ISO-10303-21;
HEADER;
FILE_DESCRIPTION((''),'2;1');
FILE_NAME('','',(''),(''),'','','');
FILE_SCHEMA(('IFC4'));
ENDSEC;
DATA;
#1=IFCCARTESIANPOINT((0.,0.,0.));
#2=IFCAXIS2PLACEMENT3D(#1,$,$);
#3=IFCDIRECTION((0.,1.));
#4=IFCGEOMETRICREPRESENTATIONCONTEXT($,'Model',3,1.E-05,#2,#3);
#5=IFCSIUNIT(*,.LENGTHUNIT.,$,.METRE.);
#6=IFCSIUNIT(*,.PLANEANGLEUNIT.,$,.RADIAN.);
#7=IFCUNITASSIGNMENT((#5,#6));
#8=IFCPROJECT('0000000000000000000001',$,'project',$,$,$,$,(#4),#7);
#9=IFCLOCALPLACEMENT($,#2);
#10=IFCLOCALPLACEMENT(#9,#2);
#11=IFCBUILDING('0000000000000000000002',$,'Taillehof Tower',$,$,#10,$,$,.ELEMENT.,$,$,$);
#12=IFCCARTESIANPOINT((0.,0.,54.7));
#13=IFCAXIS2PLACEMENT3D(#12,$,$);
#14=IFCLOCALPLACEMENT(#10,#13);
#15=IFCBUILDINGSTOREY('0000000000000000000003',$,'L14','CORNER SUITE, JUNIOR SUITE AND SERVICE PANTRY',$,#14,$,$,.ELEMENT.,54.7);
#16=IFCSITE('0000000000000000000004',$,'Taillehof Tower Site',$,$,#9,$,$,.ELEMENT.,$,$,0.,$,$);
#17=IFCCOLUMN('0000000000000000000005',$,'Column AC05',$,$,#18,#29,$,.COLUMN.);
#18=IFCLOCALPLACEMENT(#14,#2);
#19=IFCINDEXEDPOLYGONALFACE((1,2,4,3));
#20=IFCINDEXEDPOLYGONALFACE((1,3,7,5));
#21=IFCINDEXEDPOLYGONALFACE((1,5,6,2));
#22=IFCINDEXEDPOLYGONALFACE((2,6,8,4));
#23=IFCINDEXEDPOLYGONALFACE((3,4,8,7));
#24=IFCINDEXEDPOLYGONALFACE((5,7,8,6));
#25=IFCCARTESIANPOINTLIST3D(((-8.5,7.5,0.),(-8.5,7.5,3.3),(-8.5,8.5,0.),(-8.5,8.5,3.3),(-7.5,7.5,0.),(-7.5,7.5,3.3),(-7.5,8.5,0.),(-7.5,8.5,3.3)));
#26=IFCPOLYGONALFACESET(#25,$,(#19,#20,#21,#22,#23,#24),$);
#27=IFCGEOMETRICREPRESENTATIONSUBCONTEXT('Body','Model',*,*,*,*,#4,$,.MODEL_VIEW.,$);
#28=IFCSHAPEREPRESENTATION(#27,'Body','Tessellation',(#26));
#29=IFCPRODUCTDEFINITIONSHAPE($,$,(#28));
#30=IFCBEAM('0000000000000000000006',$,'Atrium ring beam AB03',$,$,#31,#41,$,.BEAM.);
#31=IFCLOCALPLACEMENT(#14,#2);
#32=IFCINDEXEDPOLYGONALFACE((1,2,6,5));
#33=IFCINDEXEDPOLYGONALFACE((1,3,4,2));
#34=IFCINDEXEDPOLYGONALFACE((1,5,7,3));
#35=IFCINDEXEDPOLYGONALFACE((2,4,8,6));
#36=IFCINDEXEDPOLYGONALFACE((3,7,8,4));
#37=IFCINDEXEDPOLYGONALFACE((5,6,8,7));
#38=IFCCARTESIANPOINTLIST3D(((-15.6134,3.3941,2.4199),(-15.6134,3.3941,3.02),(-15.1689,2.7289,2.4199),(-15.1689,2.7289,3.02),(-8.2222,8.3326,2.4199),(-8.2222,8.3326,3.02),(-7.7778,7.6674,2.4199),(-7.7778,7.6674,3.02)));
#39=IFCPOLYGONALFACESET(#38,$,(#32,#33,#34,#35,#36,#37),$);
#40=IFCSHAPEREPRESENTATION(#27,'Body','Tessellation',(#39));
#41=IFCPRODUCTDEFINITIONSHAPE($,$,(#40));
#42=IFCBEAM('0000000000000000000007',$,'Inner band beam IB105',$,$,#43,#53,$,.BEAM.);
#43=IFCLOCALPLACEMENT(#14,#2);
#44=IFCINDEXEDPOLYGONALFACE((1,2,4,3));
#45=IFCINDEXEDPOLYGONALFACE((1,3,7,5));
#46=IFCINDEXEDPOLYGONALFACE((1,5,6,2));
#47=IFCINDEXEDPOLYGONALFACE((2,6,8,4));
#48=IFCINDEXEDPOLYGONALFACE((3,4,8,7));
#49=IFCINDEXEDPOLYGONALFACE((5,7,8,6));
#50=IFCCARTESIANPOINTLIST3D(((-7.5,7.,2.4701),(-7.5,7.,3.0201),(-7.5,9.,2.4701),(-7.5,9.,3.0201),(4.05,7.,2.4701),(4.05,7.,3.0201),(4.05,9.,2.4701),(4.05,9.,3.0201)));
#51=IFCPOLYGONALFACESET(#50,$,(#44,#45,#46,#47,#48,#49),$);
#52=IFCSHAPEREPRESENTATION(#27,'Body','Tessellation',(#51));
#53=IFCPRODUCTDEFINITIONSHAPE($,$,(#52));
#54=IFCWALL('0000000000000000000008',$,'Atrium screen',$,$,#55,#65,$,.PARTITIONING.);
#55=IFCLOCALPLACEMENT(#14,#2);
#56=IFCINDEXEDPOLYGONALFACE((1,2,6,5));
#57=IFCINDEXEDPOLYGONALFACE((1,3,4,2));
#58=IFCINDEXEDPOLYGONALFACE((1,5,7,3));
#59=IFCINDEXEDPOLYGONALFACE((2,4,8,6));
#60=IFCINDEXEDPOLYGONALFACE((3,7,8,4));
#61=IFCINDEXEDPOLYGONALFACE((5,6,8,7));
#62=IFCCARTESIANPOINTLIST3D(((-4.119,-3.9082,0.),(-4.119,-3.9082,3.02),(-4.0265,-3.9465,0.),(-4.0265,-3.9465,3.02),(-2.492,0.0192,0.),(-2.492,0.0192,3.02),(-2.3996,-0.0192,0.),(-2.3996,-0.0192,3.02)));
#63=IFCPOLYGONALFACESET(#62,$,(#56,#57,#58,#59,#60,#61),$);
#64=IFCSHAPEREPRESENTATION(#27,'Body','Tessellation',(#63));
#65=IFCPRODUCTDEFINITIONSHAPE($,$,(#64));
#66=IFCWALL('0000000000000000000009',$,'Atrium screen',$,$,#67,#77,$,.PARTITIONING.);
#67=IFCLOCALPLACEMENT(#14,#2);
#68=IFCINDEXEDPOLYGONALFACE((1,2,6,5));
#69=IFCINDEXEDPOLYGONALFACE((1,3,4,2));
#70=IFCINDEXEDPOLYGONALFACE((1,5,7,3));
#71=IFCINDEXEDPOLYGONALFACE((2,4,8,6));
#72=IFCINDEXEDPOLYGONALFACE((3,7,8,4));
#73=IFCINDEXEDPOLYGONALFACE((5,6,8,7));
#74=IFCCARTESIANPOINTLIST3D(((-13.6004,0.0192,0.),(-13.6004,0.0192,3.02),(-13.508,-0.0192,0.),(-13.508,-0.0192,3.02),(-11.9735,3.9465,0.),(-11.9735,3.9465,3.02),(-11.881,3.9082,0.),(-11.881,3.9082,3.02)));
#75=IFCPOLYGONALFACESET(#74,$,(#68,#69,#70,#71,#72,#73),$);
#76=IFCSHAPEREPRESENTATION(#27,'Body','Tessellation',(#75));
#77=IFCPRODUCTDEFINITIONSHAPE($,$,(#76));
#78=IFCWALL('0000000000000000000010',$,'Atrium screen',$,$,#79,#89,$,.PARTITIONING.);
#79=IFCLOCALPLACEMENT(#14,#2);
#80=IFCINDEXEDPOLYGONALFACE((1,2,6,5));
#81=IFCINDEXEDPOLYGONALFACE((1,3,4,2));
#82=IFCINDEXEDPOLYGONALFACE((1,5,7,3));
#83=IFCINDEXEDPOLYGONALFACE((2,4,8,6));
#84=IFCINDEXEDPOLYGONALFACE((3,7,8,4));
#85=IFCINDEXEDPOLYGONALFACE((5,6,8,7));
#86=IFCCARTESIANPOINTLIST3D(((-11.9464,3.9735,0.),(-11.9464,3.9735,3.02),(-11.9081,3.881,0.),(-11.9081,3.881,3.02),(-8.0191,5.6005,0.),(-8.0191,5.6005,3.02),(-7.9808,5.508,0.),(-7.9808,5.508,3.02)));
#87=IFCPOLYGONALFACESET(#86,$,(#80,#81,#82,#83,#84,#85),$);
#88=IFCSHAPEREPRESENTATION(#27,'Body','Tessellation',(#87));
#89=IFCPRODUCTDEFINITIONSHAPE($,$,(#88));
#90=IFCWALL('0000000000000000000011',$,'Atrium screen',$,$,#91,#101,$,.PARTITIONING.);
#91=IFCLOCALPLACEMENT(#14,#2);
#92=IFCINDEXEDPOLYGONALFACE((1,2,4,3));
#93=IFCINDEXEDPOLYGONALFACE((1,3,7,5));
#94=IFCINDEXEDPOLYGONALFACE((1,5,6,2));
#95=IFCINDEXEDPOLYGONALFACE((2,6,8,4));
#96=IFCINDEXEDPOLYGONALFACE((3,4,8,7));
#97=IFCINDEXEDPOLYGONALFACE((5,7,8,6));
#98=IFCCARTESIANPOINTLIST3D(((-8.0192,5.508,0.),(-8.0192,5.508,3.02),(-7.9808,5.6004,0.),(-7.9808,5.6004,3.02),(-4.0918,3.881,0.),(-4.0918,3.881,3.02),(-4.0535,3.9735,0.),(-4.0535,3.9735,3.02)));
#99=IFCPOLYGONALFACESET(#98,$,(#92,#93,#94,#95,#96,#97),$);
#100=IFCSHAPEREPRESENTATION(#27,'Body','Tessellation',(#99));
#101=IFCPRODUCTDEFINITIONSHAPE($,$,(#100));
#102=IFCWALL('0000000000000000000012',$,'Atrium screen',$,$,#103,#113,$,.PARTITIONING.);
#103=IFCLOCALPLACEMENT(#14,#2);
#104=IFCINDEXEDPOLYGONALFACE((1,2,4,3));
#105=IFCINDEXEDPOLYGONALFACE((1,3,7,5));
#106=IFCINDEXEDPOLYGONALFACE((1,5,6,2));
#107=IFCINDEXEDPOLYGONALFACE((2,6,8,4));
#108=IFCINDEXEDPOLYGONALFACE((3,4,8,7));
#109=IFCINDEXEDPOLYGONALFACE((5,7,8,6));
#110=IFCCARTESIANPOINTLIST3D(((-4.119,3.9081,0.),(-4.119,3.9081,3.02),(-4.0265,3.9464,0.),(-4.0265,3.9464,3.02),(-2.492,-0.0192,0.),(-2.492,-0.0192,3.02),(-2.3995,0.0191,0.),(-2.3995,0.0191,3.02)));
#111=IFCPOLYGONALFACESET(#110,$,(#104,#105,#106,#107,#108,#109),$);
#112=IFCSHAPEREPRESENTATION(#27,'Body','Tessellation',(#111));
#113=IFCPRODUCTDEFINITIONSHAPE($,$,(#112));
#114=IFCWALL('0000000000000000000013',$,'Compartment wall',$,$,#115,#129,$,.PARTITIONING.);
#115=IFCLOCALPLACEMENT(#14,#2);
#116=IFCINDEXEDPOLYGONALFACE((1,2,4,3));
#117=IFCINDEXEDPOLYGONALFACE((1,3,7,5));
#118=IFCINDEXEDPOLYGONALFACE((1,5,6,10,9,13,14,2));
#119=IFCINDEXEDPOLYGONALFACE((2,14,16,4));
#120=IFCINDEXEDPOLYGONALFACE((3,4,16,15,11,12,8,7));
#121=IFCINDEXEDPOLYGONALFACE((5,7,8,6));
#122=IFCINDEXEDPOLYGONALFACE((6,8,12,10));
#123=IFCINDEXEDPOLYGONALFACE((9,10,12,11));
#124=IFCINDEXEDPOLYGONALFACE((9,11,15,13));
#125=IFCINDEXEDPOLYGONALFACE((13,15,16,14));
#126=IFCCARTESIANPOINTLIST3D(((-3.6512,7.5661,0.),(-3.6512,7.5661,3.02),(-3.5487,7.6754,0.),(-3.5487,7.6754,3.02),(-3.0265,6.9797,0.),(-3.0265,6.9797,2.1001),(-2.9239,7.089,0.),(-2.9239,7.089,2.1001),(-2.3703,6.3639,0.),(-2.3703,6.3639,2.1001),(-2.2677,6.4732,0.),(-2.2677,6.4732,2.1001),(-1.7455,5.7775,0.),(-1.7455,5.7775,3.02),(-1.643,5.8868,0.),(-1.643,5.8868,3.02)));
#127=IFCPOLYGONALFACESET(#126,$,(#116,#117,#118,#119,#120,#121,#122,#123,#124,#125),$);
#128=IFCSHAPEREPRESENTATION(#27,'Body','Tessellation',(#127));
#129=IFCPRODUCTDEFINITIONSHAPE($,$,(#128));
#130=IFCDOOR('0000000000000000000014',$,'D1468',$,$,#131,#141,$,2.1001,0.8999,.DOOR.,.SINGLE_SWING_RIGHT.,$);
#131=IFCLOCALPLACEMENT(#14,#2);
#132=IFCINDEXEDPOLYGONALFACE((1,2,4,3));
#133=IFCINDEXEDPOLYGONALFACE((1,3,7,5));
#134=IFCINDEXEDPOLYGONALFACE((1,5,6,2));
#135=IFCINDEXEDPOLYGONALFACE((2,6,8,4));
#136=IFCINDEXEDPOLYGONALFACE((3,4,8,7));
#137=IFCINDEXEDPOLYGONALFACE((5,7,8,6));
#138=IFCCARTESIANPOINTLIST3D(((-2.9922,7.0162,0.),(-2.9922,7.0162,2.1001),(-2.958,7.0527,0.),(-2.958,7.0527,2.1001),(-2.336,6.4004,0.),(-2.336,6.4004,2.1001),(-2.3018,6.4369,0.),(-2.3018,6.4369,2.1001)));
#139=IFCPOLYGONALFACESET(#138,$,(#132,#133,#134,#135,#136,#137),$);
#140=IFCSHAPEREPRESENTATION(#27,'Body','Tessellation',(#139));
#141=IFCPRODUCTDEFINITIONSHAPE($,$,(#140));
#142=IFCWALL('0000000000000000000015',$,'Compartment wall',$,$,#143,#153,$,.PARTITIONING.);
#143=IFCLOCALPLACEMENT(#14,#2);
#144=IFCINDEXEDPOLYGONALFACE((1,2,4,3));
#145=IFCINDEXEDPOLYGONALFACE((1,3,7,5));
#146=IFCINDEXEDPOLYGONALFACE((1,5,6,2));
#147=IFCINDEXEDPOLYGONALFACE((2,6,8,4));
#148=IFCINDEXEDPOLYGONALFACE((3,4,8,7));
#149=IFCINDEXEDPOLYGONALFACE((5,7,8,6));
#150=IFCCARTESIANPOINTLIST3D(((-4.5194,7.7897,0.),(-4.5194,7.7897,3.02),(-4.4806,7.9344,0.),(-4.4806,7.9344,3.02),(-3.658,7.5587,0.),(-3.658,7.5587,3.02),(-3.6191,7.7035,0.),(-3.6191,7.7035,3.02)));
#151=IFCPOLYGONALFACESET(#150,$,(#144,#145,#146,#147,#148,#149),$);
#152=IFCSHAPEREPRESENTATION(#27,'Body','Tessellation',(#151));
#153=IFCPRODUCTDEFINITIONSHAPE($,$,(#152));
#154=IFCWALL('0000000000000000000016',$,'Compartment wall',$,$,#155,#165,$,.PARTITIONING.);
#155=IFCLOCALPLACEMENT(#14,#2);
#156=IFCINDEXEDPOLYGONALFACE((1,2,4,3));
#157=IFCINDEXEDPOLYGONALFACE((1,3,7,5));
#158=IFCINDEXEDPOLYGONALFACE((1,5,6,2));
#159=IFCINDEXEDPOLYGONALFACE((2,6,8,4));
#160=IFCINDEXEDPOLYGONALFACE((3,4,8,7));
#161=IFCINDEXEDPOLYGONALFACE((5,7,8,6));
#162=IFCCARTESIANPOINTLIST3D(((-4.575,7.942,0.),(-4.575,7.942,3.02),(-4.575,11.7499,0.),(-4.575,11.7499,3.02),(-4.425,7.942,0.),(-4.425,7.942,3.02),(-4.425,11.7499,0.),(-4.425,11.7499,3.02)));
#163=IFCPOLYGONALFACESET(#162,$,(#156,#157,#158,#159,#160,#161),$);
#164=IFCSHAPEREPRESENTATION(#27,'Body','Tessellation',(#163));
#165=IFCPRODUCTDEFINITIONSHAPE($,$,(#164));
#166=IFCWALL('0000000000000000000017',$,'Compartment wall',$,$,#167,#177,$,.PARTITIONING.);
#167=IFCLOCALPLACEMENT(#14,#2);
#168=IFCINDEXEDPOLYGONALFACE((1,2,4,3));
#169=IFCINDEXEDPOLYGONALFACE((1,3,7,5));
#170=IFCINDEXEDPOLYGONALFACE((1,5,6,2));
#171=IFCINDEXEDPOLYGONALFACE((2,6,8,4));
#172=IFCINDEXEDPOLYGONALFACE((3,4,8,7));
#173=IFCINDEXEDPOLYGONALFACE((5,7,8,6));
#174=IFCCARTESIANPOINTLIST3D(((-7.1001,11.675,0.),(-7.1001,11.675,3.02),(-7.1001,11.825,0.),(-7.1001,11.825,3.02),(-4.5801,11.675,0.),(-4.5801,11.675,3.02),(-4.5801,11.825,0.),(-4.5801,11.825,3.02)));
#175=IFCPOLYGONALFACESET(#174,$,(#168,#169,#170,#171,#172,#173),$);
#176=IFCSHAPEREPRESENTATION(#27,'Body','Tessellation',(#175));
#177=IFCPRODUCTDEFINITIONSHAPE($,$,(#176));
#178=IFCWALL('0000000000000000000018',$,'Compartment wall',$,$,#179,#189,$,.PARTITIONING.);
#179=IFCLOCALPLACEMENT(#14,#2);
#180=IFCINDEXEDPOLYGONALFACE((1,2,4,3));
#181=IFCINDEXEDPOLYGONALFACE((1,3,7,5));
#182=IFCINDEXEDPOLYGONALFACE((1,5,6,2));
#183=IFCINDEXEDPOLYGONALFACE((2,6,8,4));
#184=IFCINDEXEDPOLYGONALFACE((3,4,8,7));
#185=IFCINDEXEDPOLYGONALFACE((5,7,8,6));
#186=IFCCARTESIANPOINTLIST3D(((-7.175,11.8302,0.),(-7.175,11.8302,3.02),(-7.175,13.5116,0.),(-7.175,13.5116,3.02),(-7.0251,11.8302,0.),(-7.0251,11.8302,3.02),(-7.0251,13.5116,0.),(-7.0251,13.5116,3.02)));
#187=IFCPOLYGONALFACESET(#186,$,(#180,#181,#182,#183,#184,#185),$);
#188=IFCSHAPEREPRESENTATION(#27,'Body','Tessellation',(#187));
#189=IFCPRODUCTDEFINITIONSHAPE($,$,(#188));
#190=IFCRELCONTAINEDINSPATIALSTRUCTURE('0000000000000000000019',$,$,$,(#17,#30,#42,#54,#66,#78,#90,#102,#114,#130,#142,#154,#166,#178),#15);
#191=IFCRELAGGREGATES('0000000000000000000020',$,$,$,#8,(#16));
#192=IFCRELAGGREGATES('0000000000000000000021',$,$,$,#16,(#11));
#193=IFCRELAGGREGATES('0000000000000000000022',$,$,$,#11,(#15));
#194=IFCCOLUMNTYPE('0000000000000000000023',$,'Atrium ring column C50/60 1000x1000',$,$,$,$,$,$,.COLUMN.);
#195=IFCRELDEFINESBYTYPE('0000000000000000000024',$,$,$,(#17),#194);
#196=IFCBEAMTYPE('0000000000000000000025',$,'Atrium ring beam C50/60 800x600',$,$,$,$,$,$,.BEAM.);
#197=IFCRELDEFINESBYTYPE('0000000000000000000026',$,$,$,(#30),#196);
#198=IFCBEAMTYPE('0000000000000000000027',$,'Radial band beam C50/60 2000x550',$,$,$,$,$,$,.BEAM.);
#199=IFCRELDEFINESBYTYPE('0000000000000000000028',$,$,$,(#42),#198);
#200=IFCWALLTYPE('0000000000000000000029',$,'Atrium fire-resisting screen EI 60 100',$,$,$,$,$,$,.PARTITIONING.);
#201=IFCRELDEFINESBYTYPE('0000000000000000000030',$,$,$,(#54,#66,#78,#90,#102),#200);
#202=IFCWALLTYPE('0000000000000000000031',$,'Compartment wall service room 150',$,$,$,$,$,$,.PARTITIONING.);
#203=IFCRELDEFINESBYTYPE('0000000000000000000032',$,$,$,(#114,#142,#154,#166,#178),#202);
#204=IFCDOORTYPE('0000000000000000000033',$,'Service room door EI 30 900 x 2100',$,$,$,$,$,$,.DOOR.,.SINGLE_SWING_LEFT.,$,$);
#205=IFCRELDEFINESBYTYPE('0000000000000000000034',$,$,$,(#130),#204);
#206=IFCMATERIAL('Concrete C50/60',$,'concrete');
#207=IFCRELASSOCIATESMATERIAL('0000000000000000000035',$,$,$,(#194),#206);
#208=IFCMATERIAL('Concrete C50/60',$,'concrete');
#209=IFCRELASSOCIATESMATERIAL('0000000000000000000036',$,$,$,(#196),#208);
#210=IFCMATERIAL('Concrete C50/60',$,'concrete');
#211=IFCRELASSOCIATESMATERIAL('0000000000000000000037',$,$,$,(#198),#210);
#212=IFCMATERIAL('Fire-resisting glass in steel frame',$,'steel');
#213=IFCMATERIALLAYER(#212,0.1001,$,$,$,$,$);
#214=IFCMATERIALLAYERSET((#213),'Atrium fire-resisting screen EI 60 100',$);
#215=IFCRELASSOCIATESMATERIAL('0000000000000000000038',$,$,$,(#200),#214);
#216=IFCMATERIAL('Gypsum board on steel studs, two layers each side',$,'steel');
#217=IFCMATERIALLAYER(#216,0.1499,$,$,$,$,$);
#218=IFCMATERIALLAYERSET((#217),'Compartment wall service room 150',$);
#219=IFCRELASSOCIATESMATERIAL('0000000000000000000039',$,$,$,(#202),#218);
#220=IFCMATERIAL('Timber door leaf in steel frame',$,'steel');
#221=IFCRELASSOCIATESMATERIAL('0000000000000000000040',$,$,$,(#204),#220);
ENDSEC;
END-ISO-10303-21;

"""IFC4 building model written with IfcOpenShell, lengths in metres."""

from ifc_helpers import new_model, si_unit, direction, frame, frame_2d, origin, origin_2d, place, context, subcontext, project, spatial, rectangle, extrude, material, layer, layer_set, material_profile, profile_set, type_object, element, fill, save


model = new_model("IFC4")

# Units and contexts
model_context = context("Model", 3, precision=1e-05, world=origin(), true_north=direction((0.0, 1.0)))
body_context = subcontext(model_context, "Body", "Model", "MODEL_VIEW")
ifc_project = project(units=[si_unit("LENGTHUNIT", "METRE"), si_unit("PLANEANGLEUNIT", "RADIAN")], contexts=[model_context])

# Site, building, storey
site_placement = place(None, origin())
site = spatial("IfcSite", under=ifc_project, at=site_placement, Name="Taillehof Tower Site", CompositionType="ELEMENT", RefElevation=0.0)
building_placement = place(site_placement, origin())
building = spatial("IfcBuilding", under=site, at=building_placement, Name="Taillehof Tower", CompositionType="ELEMENT")
storey_placement = place(building_placement, frame((0.0, 0.0, 54.7)))
storey = spatial("IfcBuildingStorey", under=building, at=storey_placement, Name="L14", Description="CORNER SUITE, JUNIOR SUITE AND SERVICE PANTRY", CompositionType="ELEMENT", Elevation=54.7)

# Column
ifc_material_1 = material(Name="Concrete C50/60", Category="concrete")
ifc_material_profile_1 = material_profile(ifc_material_1, rectangle(XDim=1.0, YDim=1.0, at=origin_2d()), Name="RC 1000x1000")
ifc_profile_set_1 = profile_set([ifc_material_profile_1], Name="Concrete C50/60")
column_type = type_object("IfcColumnType", Name="Atrium ring column C50/60 1000x1000", PredefinedType="COLUMN", material=ifc_profile_set_1)
column_placement = place(storey_placement, frame((-8.0, 8.0, 0.0), z_axis=(0.0, 0.0, 1.0), x_axis=(1.0, 0.0, 0.0)))
element("IfcColumn", 1, at=column_placement, inside=storey, type_object=column_type, Name="Column AC05", PredefinedType="COLUMN", context=body_context, shape_type="SweptSolid", body=[
    extrude(rectangle(XDim=1.0, YDim=1.0, at=origin_2d()), origin(), (0.0, 0.0, 1.0), 3.3),
])

# Beams
ifc_material_2 = material(Name="Concrete C50/60", Category="concrete")
ifc_material_profile_2 = material_profile(ifc_material_2, rectangle(XDim=0.8, YDim=0.6001, at=origin_2d()), Name="RC 800x600")
ifc_profile_set_2 = profile_set([ifc_material_profile_2], Name="Concrete C50/60")
beam_type_1 = type_object("IfcBeamType", Name="Atrium ring beam C50/60 800x600", PredefinedType="BEAM", material=ifc_profile_set_2)
beam_1_placement = place(storey_placement, frame((-8.0, 8.0, 2.72), z_axis=(-0.831475, -0.555562, 0.0), x_axis=(0.555562, -0.831475, 0.0)))
element("IfcBeam", 2, at=beam_1_placement, inside=storey, type_object=beam_type_1, Name="Atrium ring beam AB03", PredefinedType="BEAM", context=body_context, shape_type="SweptSolid", body=[
    extrude(rectangle(XDim=0.8, YDim=0.6001, at=origin_2d()), origin(), (0.0, 0.0, 1.0), 8.8892),
])
ifc_material_3 = material(Name="Concrete C50/60", Category="concrete")
ifc_material_profile_3 = material_profile(ifc_material_3, rectangle(XDim=2.0, YDim=0.55, at=origin_2d()), Name="RC 2000x550")
ifc_profile_set_3 = profile_set([ifc_material_profile_3], Name="Concrete C50/60")
beam_type_2 = type_object("IfcBeamType", Name="Radial band beam C50/60 2000x550", PredefinedType="BEAM", material=ifc_profile_set_3)
beam_2_placement = place(storey_placement, frame((-7.5, 8.0, 2.7451), z_axis=(1.0, 0.0, 0.0), x_axis=(0.0, 1.0, 0.0)))
element("IfcBeam", 3, at=beam_2_placement, inside=storey, type_object=beam_type_2, Name="Inner band beam IB105", PredefinedType="BEAM", context=body_context, shape_type="SweptSolid", body=[
    extrude(rectangle(XDim=2.0, YDim=0.55, at=origin_2d()), origin(), (0.0, 0.0, 1.0), 11.55),
])

# Walls
ifc_material_4 = material(Name="Fire-resisting glass in steel frame", Category="steel")
ifc_layer_1 = layer(ifc_material_4, 0.1001)
ifc_layer_set_1 = layer_set([ifc_layer_1], Name="Atrium fire-resisting screen EI 60 100")
wall_type_1 = type_object("IfcWallType", Name="Atrium fire-resisting screen EI 60 100", PredefinedType="PARTITIONING", material=ifc_layer_set_1)
for number, where, z_axis, x_axis, name in (
    (4, (-2.4458, 0.0, 0.0), (0.0, 0.0, 1.0), (-0.382731, -0.92386, 0.0), "Atrium screen"),
    (5, (-13.5542, 0.0, 0.0), (0.0, 0.0, 1.0), (0.382731, 0.92386, 0.0), "Atrium screen"),
    (6, (-11.9272, 3.9272, 0.0), (0.0, 0.0, 1.0), (0.92386, 0.382731, 0.0), "Atrium screen"),
    (7, (-8.0, 5.5542, 0.0), (0.0, 0.0, 1.0), (0.92386, -0.382731, 0.0), "Atrium screen"),
    (8, (-4.0728, 3.9272, 0.0), (0.0, 0.0, 1.0), (0.382731, -0.92386, 0.0), "Atrium screen"),
):
    element("IfcWall", number, at=place(storey_placement, frame(where, z_axis=z_axis, x_axis=x_axis)), inside=storey, type_object=wall_type_1, Name=name, PredefinedType="PARTITIONING", context=body_context, shape_type="SweptSolid", body=[
        extrude(rectangle(XDim=4.251, YDim=0.1001, at=frame_2d((2.1255, 0.0))), origin(), (0.0, 0.0, 1.0), 3.02),
    ])

# Wall, opening, door
ifc_material_5 = material(Name="Gypsum board on steel studs, two layers each side", Category="steel")
ifc_layer_2 = layer(ifc_material_5, 0.1499)
ifc_layer_set_2 = layer_set([ifc_layer_2], Name="Compartment wall service room 150")
wall_type_2 = type_object("IfcWallType", Name="Compartment wall service room 150", PredefinedType="PARTITIONING", material=ifc_layer_set_2)
wall_1_placement = place(storey_placement, frame((-1.6943, 5.8323, 0.0), z_axis=(0.0, 0.0, 1.0), x_axis=(-0.72917, 0.684333, 0.0)))
wall_1 = element("IfcWall", 9, at=wall_1_placement, inside=storey, type_object=wall_type_2, Name="Compartment wall", PredefinedType="PARTITIONING", context=body_context, shape_type="SweptSolid", body=[
    extrude(rectangle(XDim=2.6135, YDim=0.1499, at=frame_2d((1.3066, 0.0))), origin(), (0.0, 0.0, 1.0), 3.02),
])
opening_1_placement = place(wall_1_placement, frame((0.8567, 0.0, 0.0)))
opening_1 = element("IfcOpeningElement", 10, at=opening_1_placement, cuts=wall_1, PredefinedType="OPENING", context=body_context, shape_type="SweptSolid", body=[
    extrude(rectangle(XDim=0.8999, YDim=2.1001, at=frame_2d((0.45, 1.05))), frame((0.0, 0.085, 0.0), z_axis=(0.0, -1.0, 0.0), x_axis=(1.0, 0.0, 0.0)), (0.0, 0.0, 1.0), 0.1699),
])
ifc_material_6 = material(Name="Timber door leaf in steel frame", Category="steel")
door_type_1 = type_object("IfcDoorType", Name="Service room door EI 30 900 x 2100", OperationType="SINGLE_SWING_LEFT", PredefinedType="DOOR", material=ifc_material_6)
door_1_placement = place(opening_1_placement, origin())
door_1 = element("IfcDoor", 11, at=door_1_placement, inside=storey, type_object=door_type_1, Name="D1468", OperationType="SINGLE_SWING_RIGHT", OverallHeight=2.1001, OverallWidth=0.8999, PredefinedType="DOOR", context=body_context, shape_type="SweptSolid", body=[
    extrude(rectangle(XDim=0.8999, YDim=2.1001, at=frame_2d((0.45, 1.05))), frame((0.0, 0.0249, 0.0), z_axis=(0.0, -1.0, 0.0), x_axis=(1.0, 0.0, 0.0)), (0.0, 0.0, 1.0), 0.05),
])
fill(opening_1, door_1)

# Walls
wall_2_placement = place(storey_placement, frame((-3.6387, 7.6311, 0.0), z_axis=(0.0, 0.0, 1.0), x_axis=(-0.96588, 0.258992, 0.0)))
element("IfcWall", 12, at=wall_2_placement, inside=storey, type_object=wall_type_2, Name="Compartment wall", PredefinedType="PARTITIONING", context=body_context, shape_type="SweptSolid", body=[
    extrude(rectangle(XDim=0.8918, YDim=0.1499, at=frame_2d((0.4458, 0.0))), origin(), (0.0, 0.0, 1.0), 3.02),
])
wall_3_placement = place(storey_placement, frame((-4.5, 7.9421, 0.0), z_axis=(0.0, 0.0, 1.0), x_axis=(0.0, 1.0, 0.0)))
element("IfcWall", 13, at=wall_3_placement, inside=storey, type_object=wall_type_2, Name="Compartment wall", PredefinedType="PARTITIONING", context=body_context, shape_type="SweptSolid", body=[
    extrude(rectangle(XDim=3.8079, YDim=0.1499, at=frame_2d((1.9038, 0.0))), origin(), (0.0, 0.0, 1.0), 3.02),
])
wall_4_placement = place(storey_placement, frame((-4.5801, 11.75, 0.0), z_axis=(0.0, 0.0, 1.0), x_axis=(-1.0, 0.0, 0.0)))
element("IfcWall", 14, at=wall_4_placement, inside=storey, type_object=wall_type_2, Name="Compartment wall", PredefinedType="PARTITIONING", context=body_context, shape_type="SweptSolid", body=[
    extrude(rectangle(XDim=2.52, YDim=0.1499, at=frame_2d((1.26, 0.0))), origin(), (0.0, 0.0, 1.0), 3.02),
])
wall_5_placement = place(storey_placement, frame((-7.1001, 11.8301, 0.0), z_axis=(0.0, 0.0, 1.0), x_axis=(0.0, 1.0, 0.0)))
element("IfcWall", 15, at=wall_5_placement, inside=storey, type_object=wall_type_2, Name="Compartment wall", PredefinedType="PARTITIONING", context=body_context, shape_type="SweptSolid", body=[
    extrude(rectangle(XDim=1.6814, YDim=0.1499, at=frame_2d((0.8408, 0.0))), origin(), (0.0, 0.0, 1.0), 3.02),
])

save(model, "model.ifc")
